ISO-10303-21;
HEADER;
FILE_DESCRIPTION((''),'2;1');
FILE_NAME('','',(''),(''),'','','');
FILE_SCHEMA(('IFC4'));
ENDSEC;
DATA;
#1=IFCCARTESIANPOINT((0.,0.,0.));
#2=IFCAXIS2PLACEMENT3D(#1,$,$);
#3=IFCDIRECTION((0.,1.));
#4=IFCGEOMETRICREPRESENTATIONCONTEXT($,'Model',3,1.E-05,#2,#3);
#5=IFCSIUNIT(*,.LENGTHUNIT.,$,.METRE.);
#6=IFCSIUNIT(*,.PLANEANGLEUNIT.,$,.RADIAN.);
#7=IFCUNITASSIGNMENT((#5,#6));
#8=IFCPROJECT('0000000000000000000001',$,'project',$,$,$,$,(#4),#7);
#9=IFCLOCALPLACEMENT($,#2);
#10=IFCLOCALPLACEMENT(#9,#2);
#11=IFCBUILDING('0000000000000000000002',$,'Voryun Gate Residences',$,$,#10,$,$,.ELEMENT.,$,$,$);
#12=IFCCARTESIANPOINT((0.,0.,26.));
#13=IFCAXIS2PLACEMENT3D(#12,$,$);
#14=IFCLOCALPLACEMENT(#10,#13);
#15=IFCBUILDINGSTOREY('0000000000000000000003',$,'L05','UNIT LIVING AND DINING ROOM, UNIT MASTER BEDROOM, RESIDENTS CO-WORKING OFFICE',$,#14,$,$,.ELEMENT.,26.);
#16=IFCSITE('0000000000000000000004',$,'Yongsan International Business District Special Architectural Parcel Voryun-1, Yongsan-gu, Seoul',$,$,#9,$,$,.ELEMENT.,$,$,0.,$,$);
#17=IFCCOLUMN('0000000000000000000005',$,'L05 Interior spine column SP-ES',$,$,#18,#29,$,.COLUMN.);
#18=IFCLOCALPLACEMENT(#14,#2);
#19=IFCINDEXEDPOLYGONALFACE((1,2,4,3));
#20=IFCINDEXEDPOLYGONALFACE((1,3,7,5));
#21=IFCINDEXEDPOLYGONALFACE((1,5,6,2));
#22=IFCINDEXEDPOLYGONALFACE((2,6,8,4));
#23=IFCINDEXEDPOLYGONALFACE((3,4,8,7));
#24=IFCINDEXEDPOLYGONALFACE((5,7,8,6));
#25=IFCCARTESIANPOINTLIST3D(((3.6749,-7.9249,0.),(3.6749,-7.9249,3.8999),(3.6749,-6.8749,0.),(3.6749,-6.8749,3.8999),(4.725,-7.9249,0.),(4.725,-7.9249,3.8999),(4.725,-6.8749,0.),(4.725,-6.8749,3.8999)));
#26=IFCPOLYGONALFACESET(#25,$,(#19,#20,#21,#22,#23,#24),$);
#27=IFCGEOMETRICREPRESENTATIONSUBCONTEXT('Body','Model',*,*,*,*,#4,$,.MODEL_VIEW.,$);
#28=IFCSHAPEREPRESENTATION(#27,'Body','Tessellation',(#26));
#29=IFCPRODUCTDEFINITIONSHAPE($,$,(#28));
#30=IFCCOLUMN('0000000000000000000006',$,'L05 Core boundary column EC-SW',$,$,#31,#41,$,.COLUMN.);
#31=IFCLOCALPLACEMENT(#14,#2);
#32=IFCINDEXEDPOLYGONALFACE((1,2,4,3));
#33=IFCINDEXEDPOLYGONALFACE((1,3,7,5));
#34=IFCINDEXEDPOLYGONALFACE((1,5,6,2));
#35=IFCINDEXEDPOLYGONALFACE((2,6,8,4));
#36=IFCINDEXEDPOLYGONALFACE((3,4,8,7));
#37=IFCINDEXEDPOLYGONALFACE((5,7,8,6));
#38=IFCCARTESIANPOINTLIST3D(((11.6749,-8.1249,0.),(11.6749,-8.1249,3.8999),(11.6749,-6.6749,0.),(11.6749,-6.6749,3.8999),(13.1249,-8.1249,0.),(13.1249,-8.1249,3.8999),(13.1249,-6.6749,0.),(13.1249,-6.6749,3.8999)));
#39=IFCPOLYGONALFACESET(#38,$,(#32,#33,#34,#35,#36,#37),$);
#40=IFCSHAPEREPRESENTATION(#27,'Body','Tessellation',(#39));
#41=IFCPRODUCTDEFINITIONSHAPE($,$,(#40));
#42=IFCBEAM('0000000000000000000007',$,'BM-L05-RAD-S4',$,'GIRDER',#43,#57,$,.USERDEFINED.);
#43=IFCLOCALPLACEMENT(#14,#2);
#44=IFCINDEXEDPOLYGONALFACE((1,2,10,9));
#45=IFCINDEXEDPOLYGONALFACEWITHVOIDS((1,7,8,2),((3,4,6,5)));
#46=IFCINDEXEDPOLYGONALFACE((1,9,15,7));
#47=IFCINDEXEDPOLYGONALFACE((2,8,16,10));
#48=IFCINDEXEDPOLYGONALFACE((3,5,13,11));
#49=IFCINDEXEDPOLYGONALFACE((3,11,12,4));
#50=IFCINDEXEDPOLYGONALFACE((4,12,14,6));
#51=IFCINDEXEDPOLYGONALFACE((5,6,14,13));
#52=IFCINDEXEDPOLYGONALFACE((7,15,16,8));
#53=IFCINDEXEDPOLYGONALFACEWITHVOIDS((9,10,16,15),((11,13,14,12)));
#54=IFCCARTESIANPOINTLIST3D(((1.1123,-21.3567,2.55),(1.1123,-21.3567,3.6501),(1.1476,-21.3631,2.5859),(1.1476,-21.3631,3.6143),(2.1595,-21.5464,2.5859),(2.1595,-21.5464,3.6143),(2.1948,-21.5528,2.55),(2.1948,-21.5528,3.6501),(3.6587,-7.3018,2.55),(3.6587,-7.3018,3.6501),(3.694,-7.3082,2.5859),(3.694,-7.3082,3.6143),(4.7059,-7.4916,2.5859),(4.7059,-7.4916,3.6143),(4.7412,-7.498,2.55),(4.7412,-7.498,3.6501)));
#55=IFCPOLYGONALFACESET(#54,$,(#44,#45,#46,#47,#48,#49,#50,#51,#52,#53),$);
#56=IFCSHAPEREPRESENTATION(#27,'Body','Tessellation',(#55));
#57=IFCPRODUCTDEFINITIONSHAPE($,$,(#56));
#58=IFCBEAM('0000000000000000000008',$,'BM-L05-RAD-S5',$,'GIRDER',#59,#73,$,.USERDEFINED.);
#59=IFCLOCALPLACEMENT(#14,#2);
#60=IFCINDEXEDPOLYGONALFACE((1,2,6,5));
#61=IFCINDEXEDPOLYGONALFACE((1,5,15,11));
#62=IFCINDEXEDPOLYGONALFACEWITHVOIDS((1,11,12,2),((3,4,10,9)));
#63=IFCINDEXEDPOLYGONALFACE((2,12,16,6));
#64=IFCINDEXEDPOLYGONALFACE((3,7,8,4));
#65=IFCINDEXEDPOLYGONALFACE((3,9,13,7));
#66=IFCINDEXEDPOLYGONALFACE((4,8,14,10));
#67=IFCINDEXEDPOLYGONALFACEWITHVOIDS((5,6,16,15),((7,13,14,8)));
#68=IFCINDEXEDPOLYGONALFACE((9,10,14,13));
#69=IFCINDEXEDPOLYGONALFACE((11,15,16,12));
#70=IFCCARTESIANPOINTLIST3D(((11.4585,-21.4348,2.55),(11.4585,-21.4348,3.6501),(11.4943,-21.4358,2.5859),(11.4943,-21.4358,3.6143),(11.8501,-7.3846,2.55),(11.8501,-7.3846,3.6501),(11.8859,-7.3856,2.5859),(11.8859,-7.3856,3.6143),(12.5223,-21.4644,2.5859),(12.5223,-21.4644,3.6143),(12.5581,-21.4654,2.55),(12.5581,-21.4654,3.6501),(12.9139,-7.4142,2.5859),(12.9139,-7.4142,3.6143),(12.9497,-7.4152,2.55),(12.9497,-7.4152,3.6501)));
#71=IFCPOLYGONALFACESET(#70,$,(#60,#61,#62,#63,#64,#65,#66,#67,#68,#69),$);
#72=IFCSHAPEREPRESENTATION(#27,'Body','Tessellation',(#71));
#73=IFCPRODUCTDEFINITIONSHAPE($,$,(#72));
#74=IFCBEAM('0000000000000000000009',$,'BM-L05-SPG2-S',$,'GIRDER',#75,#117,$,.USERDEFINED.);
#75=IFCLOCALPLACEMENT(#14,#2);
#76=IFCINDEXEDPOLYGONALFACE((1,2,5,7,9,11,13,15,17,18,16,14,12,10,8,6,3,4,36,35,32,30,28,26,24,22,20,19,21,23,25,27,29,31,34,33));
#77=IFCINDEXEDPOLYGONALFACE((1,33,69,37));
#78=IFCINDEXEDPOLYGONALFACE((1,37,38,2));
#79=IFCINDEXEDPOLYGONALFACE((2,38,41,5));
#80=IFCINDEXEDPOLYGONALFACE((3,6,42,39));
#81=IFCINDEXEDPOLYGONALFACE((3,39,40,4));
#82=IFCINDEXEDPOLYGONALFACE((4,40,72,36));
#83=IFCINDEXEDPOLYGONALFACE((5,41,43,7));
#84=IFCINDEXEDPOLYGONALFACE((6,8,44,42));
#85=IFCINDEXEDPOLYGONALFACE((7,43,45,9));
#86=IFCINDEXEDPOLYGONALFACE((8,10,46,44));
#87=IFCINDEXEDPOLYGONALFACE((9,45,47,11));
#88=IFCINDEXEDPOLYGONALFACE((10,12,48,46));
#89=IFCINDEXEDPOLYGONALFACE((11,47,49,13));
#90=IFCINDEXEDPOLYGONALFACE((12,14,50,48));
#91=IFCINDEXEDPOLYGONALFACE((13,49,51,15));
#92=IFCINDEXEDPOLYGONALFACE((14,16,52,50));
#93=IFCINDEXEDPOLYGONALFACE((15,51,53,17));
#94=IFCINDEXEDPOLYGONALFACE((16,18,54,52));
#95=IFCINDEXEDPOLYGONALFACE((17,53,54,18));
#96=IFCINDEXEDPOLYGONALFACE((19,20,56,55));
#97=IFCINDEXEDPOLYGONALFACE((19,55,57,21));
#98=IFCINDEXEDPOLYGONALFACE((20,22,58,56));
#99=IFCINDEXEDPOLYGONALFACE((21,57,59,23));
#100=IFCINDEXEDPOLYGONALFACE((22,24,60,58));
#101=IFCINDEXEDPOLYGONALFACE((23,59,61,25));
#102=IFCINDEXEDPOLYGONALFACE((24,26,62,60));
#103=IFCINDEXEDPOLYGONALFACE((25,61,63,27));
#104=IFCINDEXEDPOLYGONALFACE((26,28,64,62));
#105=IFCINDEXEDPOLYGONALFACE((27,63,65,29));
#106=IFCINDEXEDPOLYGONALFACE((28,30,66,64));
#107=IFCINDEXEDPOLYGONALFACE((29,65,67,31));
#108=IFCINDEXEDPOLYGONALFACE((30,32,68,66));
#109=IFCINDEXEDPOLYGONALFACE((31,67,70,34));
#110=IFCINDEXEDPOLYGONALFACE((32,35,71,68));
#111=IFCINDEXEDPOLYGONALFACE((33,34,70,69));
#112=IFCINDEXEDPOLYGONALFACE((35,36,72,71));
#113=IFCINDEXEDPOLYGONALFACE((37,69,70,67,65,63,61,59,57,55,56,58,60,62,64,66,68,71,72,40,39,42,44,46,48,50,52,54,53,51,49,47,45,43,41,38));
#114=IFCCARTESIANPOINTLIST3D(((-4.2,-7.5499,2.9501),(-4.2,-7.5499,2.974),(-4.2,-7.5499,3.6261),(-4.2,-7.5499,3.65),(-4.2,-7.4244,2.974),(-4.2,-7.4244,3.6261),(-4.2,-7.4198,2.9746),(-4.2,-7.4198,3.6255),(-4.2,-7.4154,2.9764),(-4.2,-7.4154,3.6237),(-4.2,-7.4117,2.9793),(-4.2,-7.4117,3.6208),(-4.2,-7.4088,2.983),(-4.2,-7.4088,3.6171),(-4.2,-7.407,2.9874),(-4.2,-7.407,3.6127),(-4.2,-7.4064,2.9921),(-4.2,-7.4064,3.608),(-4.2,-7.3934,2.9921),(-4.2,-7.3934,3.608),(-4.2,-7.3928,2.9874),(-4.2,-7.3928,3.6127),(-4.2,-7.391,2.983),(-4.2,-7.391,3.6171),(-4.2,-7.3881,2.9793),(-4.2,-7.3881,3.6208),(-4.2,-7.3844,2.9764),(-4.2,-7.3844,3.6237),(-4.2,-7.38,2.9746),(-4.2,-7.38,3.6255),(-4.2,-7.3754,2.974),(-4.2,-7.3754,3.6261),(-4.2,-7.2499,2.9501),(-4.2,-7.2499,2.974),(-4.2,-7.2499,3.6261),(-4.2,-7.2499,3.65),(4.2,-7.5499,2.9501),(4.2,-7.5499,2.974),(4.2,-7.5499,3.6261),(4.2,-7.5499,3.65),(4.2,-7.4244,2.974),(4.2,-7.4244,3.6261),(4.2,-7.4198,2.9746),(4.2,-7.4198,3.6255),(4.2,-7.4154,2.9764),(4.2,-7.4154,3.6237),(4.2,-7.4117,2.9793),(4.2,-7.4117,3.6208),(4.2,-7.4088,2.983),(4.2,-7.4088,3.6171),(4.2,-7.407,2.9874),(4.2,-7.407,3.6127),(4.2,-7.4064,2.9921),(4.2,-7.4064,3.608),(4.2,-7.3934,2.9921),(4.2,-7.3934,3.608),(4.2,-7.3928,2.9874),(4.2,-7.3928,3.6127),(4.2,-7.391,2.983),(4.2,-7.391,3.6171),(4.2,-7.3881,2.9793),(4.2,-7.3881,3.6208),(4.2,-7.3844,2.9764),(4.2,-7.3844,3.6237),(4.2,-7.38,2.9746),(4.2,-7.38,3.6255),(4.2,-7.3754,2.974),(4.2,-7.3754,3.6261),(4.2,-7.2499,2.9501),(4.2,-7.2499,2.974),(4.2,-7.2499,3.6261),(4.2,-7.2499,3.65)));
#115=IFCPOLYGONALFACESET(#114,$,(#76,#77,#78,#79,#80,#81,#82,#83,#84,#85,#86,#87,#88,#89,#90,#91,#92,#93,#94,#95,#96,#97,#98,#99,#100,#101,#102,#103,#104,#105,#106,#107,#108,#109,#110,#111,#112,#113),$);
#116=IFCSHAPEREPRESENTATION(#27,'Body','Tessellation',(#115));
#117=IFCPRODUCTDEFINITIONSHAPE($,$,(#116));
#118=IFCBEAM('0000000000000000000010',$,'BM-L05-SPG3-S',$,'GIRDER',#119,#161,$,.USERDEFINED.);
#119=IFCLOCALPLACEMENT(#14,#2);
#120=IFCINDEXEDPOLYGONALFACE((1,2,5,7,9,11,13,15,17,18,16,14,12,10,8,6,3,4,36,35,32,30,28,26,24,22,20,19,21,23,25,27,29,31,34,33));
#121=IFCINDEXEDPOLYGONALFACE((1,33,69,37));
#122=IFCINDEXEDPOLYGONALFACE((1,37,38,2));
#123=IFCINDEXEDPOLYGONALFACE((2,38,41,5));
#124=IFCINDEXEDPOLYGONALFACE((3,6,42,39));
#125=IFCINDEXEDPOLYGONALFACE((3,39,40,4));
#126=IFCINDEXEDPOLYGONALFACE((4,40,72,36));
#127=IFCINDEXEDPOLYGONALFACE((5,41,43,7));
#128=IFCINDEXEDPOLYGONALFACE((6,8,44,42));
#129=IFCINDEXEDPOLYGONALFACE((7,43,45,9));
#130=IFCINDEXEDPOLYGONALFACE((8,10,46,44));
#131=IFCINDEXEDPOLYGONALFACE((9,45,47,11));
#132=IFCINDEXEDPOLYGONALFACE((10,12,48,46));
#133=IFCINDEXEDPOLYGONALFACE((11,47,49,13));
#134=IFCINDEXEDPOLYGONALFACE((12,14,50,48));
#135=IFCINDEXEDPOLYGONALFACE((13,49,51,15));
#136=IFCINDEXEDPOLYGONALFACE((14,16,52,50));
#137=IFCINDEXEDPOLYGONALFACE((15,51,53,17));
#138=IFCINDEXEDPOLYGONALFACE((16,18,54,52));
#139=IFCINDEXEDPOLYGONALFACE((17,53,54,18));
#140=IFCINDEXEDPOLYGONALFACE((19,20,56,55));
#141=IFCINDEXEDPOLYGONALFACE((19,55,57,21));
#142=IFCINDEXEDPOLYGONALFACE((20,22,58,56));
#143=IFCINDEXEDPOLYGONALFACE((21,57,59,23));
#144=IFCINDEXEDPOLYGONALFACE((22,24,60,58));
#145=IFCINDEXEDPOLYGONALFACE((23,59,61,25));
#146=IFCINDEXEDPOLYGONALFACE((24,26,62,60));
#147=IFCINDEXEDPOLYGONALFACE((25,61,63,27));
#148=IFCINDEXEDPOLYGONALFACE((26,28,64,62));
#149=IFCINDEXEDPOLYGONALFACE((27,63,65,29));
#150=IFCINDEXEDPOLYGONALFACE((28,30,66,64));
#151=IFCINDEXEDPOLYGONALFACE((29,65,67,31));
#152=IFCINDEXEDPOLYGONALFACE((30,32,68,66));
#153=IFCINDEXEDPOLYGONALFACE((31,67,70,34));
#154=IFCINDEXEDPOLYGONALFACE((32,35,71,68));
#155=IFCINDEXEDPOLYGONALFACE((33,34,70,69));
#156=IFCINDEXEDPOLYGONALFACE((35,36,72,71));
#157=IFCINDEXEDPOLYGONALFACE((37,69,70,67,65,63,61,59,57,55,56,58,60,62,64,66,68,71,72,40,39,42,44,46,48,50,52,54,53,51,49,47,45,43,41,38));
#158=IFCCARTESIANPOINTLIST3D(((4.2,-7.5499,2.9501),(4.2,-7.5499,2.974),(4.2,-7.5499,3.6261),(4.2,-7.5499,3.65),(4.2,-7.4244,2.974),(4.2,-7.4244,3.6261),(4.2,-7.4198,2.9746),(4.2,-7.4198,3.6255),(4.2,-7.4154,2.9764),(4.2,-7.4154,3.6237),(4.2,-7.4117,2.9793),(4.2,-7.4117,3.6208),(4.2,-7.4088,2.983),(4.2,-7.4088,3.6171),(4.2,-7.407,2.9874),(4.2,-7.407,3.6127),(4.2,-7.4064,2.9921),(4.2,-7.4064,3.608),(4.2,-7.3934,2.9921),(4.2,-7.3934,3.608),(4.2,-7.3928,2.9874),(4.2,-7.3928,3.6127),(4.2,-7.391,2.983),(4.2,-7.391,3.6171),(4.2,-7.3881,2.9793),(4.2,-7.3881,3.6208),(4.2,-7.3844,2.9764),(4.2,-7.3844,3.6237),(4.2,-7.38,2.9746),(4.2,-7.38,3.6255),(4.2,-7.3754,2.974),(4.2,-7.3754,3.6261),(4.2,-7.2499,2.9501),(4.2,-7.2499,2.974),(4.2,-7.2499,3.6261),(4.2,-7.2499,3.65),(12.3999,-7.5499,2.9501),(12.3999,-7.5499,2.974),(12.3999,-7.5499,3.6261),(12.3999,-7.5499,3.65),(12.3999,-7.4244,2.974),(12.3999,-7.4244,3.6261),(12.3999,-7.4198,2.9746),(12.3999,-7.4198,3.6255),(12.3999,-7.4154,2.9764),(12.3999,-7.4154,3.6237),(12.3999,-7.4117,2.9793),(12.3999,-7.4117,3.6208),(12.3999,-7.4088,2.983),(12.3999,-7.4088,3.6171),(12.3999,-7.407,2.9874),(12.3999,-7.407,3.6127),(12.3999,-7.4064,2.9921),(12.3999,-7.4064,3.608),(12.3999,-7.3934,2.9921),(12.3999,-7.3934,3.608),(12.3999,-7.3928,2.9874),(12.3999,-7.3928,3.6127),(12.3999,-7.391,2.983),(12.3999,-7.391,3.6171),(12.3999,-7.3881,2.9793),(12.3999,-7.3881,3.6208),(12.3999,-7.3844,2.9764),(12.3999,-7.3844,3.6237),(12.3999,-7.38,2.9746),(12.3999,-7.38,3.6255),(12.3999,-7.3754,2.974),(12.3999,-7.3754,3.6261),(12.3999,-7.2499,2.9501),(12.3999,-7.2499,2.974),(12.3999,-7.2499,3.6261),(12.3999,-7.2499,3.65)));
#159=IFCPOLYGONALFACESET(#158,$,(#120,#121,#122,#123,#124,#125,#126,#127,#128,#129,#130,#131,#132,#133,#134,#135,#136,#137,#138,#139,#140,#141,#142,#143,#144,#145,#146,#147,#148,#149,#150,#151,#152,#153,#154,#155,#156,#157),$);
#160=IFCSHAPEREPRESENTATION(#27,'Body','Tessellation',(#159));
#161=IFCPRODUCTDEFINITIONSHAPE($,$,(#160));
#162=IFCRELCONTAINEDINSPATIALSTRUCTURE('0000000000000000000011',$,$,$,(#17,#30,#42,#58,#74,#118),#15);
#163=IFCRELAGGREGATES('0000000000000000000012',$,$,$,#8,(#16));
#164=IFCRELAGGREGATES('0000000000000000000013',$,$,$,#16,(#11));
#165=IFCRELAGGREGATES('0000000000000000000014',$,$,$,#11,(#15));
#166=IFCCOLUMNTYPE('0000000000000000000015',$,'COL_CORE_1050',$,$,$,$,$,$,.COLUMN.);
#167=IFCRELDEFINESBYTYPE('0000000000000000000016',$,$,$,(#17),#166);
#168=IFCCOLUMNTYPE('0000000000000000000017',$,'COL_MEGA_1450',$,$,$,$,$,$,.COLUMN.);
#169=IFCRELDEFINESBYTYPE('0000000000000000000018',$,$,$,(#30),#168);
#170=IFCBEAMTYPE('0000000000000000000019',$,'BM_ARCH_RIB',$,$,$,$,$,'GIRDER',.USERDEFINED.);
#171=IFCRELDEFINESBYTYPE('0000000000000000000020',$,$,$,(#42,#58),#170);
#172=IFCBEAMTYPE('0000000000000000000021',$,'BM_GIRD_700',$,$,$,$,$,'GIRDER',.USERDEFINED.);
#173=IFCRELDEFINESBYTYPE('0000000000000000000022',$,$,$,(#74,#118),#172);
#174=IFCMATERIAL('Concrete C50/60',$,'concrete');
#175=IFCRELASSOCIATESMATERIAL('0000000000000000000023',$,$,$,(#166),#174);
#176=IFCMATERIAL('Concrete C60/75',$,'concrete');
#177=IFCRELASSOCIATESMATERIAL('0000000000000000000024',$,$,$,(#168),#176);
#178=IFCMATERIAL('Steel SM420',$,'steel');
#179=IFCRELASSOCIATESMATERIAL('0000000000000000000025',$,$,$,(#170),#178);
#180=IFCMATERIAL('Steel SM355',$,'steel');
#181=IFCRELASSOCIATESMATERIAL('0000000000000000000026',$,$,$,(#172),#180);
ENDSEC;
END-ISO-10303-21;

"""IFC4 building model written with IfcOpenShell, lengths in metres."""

from ifc_helpers import new_model, si_unit, direction, frame, origin, origin_2d, place, context, subcontext, project, spatial, rectangle, hollow_rectangle, i_section, extrude, material, material_profile, profile_set, type_object, element, save


model = new_model("IFC4")

# Units and contexts
model_context = context("Model", 3, precision=1e-05, world=origin(), true_north=direction((0.0, 1.0)))
body_context = subcontext(model_context, "Body", "Model", "MODEL_VIEW")
ifc_project = project(units=[si_unit("LENGTHUNIT", "METRE"), si_unit("PLANEANGLEUNIT", "RADIAN")], contexts=[model_context])

# Site, building, storey
site_placement = place(None, origin())
site = spatial("IfcSite", under=ifc_project, at=site_placement, Name="Yongsan International Business District Special Architectural Parcel Voryun-1, Yongsan-gu, Seoul", CompositionType="ELEMENT", RefElevation=0.0)
building_placement = place(site_placement, origin())
building = spatial("IfcBuilding", under=site, at=building_placement, Name="Voryun Gate Residences", CompositionType="ELEMENT")
storey_placement = place(building_placement, frame((0.0, 0.0, 26.0)))
storey = spatial("IfcBuildingStorey", under=building, at=storey_placement, Name="L05", Description="UNIT LIVING AND DINING ROOM, UNIT MASTER BEDROOM, RESIDENTS CO-WORKING OFFICE", CompositionType="ELEMENT", Elevation=26.0)

# Columns
ifc_material_1 = material(Name="Concrete C50/60", Category="concrete")
ifc_material_profile_1 = material_profile(ifc_material_1, rectangle(XDim=1.05, YDim=1.05, at=origin_2d()), Name="RC-1050x1050")
ifc_profile_set_1 = profile_set([ifc_material_profile_1], Name="Concrete C50/60")
column_type_1 = type_object("IfcColumnType", Name="COL_CORE_1050", PredefinedType="COLUMN", material=ifc_profile_set_1)
column_1_placement = place(storey_placement, frame((4.2, -7.3999, 0.0), z_axis=(0.0, 0.0, 1.0), x_axis=(1.0, 0.0, 0.0)))
element("IfcColumn", 1, at=column_1_placement, inside=storey, type_object=column_type_1, Name="L05 Interior spine column SP-ES", PredefinedType="COLUMN", context=body_context, shape_type="SweptSolid", body=[
    extrude(rectangle(XDim=1.05, YDim=1.05, at=origin_2d()), origin(), (0.0, 0.0, 1.0), 3.8999),
])
ifc_material_2 = material(Name="Concrete C60/75", Category="concrete")
ifc_material_profile_2 = material_profile(ifc_material_2, rectangle(XDim=1.45, YDim=1.45, at=origin_2d()), Name="RC-1450x1450")
ifc_profile_set_2 = profile_set([ifc_material_profile_2], Name="Concrete C60/75")
column_type_2 = type_object("IfcColumnType", Name="COL_MEGA_1450", PredefinedType="COLUMN", material=ifc_profile_set_2)
column_2_placement = place(storey_placement, frame((12.3999, -7.3999, 0.0), z_axis=(0.0, 0.0, 1.0), x_axis=(1.0, 0.0, 0.0)))
element("IfcColumn", 2, at=column_2_placement, inside=storey, type_object=column_type_2, Name="L05 Core boundary column EC-SW", PredefinedType="COLUMN", context=body_context, shape_type="SweptSolid", body=[
    extrude(rectangle(XDim=1.45, YDim=1.45, at=origin_2d()), origin(), (0.0, 0.0, 1.0), 3.8999),
])

# Beams
ifc_material_3 = material(Name="Steel SM420", Category="steel")
ifc_material_profile_3 = material_profile(ifc_material_3, hollow_rectangle(XDim=1.1001, YDim=1.1001, WallThickness=0.0359, at=origin_2d()), Name="BOX-1100x1100x36")
ifc_profile_set_3 = profile_set([ifc_material_profile_3], Name="Steel SM420")
beam_type_1 = type_object("IfcBeamType", Name="BM_ARCH_RIB", ElementType="GIRDER", PredefinedType="USERDEFINED", material=ifc_profile_set_3)
beam_1_placement = place(storey_placement, frame((4.2, -7.3999, 3.1001), z_axis=(-0.178272, -0.983981, 0.0), x_axis=(0.983981, -0.178272, 0.0)))
element("IfcBeam", 3, at=beam_1_placement, inside=storey, type_object=beam_type_1, Name="BM-L05-RAD-S4", ObjectType="GIRDER", PredefinedType="USERDEFINED", context=body_context, shape_type="SweptSolid", body=[
    extrude(hollow_rectangle(XDim=1.1001, YDim=1.1001, WallThickness=0.0359, at=origin_2d()), origin(), (0.0, 0.0, 1.0), 14.2837),
])
beam_2_placement = place(storey_placement, frame((12.3999, -7.3999, 3.1001), z_axis=(-0.027861, -0.999612, 0.0), x_axis=(0.999612, -0.027861, 0.0)))
element("IfcBeam", 4, at=beam_2_placement, inside=storey, type_object=beam_type_1, Name="BM-L05-RAD-S5", ObjectType="GIRDER", PredefinedType="USERDEFINED", context=body_context, shape_type="SweptSolid", body=[
    extrude(hollow_rectangle(XDim=1.1001, YDim=1.1001, WallThickness=0.0359, at=origin_2d()), origin(), (0.0, 0.0, 1.0), 14.0557),
])
ifc_material_4 = material(Name="Steel SM355", Category="steel")
ifc_material_profile_4 = material_profile(ifc_material_4, i_section(OverallWidth=0.3, OverallDepth=0.7, WebThickness=0.0129, FlangeThickness=0.0239, FilletRadius=0.0181, at=origin_2d()), Name="H-700x300x13x24")
ifc_profile_set_4 = profile_set([ifc_material_profile_4], Name="Steel SM355")
beam_type_2 = type_object("IfcBeamType", Name="BM_GIRD_700", ElementType="GIRDER", PredefinedType="USERDEFINED", material=ifc_profile_set_4)
beam_3_placement = place(storey_placement, frame((-4.2, -7.3999, 3.3), z_axis=(1.0, 0.0, 0.0), x_axis=(0.0, 1.0, 0.0)))
element("IfcBeam", 5, at=beam_3_placement, inside=storey, type_object=beam_type_2, Name="BM-L05-SPG2-S", ObjectType="GIRDER", PredefinedType="USERDEFINED", context=body_context, shape_type="SweptSolid", body=[
    extrude(i_section(OverallWidth=0.3, OverallDepth=0.7, WebThickness=0.0129, FlangeThickness=0.0239, FilletRadius=0.0181, at=origin_2d()), origin(), (0.0, 0.0, 1.0), 8.3999),
])
beam_4_placement = place(storey_placement, frame((4.2, -7.3999, 3.3), z_axis=(1.0, 0.0, 0.0), x_axis=(0.0, 1.0, 0.0)))
element("IfcBeam", 6, at=beam_4_placement, inside=storey, type_object=beam_type_2, Name="BM-L05-SPG3-S", ObjectType="GIRDER", PredefinedType="USERDEFINED", context=body_context, shape_type="SweptSolid", body=[
    extrude(i_section(OverallWidth=0.3, OverallDepth=0.7, WebThickness=0.0129, FlangeThickness=0.0239, FilletRadius=0.0181, at=origin_2d()), origin(), (0.0, 0.0, 1.0), 8.2),
])

save(model, "model.ifc")
